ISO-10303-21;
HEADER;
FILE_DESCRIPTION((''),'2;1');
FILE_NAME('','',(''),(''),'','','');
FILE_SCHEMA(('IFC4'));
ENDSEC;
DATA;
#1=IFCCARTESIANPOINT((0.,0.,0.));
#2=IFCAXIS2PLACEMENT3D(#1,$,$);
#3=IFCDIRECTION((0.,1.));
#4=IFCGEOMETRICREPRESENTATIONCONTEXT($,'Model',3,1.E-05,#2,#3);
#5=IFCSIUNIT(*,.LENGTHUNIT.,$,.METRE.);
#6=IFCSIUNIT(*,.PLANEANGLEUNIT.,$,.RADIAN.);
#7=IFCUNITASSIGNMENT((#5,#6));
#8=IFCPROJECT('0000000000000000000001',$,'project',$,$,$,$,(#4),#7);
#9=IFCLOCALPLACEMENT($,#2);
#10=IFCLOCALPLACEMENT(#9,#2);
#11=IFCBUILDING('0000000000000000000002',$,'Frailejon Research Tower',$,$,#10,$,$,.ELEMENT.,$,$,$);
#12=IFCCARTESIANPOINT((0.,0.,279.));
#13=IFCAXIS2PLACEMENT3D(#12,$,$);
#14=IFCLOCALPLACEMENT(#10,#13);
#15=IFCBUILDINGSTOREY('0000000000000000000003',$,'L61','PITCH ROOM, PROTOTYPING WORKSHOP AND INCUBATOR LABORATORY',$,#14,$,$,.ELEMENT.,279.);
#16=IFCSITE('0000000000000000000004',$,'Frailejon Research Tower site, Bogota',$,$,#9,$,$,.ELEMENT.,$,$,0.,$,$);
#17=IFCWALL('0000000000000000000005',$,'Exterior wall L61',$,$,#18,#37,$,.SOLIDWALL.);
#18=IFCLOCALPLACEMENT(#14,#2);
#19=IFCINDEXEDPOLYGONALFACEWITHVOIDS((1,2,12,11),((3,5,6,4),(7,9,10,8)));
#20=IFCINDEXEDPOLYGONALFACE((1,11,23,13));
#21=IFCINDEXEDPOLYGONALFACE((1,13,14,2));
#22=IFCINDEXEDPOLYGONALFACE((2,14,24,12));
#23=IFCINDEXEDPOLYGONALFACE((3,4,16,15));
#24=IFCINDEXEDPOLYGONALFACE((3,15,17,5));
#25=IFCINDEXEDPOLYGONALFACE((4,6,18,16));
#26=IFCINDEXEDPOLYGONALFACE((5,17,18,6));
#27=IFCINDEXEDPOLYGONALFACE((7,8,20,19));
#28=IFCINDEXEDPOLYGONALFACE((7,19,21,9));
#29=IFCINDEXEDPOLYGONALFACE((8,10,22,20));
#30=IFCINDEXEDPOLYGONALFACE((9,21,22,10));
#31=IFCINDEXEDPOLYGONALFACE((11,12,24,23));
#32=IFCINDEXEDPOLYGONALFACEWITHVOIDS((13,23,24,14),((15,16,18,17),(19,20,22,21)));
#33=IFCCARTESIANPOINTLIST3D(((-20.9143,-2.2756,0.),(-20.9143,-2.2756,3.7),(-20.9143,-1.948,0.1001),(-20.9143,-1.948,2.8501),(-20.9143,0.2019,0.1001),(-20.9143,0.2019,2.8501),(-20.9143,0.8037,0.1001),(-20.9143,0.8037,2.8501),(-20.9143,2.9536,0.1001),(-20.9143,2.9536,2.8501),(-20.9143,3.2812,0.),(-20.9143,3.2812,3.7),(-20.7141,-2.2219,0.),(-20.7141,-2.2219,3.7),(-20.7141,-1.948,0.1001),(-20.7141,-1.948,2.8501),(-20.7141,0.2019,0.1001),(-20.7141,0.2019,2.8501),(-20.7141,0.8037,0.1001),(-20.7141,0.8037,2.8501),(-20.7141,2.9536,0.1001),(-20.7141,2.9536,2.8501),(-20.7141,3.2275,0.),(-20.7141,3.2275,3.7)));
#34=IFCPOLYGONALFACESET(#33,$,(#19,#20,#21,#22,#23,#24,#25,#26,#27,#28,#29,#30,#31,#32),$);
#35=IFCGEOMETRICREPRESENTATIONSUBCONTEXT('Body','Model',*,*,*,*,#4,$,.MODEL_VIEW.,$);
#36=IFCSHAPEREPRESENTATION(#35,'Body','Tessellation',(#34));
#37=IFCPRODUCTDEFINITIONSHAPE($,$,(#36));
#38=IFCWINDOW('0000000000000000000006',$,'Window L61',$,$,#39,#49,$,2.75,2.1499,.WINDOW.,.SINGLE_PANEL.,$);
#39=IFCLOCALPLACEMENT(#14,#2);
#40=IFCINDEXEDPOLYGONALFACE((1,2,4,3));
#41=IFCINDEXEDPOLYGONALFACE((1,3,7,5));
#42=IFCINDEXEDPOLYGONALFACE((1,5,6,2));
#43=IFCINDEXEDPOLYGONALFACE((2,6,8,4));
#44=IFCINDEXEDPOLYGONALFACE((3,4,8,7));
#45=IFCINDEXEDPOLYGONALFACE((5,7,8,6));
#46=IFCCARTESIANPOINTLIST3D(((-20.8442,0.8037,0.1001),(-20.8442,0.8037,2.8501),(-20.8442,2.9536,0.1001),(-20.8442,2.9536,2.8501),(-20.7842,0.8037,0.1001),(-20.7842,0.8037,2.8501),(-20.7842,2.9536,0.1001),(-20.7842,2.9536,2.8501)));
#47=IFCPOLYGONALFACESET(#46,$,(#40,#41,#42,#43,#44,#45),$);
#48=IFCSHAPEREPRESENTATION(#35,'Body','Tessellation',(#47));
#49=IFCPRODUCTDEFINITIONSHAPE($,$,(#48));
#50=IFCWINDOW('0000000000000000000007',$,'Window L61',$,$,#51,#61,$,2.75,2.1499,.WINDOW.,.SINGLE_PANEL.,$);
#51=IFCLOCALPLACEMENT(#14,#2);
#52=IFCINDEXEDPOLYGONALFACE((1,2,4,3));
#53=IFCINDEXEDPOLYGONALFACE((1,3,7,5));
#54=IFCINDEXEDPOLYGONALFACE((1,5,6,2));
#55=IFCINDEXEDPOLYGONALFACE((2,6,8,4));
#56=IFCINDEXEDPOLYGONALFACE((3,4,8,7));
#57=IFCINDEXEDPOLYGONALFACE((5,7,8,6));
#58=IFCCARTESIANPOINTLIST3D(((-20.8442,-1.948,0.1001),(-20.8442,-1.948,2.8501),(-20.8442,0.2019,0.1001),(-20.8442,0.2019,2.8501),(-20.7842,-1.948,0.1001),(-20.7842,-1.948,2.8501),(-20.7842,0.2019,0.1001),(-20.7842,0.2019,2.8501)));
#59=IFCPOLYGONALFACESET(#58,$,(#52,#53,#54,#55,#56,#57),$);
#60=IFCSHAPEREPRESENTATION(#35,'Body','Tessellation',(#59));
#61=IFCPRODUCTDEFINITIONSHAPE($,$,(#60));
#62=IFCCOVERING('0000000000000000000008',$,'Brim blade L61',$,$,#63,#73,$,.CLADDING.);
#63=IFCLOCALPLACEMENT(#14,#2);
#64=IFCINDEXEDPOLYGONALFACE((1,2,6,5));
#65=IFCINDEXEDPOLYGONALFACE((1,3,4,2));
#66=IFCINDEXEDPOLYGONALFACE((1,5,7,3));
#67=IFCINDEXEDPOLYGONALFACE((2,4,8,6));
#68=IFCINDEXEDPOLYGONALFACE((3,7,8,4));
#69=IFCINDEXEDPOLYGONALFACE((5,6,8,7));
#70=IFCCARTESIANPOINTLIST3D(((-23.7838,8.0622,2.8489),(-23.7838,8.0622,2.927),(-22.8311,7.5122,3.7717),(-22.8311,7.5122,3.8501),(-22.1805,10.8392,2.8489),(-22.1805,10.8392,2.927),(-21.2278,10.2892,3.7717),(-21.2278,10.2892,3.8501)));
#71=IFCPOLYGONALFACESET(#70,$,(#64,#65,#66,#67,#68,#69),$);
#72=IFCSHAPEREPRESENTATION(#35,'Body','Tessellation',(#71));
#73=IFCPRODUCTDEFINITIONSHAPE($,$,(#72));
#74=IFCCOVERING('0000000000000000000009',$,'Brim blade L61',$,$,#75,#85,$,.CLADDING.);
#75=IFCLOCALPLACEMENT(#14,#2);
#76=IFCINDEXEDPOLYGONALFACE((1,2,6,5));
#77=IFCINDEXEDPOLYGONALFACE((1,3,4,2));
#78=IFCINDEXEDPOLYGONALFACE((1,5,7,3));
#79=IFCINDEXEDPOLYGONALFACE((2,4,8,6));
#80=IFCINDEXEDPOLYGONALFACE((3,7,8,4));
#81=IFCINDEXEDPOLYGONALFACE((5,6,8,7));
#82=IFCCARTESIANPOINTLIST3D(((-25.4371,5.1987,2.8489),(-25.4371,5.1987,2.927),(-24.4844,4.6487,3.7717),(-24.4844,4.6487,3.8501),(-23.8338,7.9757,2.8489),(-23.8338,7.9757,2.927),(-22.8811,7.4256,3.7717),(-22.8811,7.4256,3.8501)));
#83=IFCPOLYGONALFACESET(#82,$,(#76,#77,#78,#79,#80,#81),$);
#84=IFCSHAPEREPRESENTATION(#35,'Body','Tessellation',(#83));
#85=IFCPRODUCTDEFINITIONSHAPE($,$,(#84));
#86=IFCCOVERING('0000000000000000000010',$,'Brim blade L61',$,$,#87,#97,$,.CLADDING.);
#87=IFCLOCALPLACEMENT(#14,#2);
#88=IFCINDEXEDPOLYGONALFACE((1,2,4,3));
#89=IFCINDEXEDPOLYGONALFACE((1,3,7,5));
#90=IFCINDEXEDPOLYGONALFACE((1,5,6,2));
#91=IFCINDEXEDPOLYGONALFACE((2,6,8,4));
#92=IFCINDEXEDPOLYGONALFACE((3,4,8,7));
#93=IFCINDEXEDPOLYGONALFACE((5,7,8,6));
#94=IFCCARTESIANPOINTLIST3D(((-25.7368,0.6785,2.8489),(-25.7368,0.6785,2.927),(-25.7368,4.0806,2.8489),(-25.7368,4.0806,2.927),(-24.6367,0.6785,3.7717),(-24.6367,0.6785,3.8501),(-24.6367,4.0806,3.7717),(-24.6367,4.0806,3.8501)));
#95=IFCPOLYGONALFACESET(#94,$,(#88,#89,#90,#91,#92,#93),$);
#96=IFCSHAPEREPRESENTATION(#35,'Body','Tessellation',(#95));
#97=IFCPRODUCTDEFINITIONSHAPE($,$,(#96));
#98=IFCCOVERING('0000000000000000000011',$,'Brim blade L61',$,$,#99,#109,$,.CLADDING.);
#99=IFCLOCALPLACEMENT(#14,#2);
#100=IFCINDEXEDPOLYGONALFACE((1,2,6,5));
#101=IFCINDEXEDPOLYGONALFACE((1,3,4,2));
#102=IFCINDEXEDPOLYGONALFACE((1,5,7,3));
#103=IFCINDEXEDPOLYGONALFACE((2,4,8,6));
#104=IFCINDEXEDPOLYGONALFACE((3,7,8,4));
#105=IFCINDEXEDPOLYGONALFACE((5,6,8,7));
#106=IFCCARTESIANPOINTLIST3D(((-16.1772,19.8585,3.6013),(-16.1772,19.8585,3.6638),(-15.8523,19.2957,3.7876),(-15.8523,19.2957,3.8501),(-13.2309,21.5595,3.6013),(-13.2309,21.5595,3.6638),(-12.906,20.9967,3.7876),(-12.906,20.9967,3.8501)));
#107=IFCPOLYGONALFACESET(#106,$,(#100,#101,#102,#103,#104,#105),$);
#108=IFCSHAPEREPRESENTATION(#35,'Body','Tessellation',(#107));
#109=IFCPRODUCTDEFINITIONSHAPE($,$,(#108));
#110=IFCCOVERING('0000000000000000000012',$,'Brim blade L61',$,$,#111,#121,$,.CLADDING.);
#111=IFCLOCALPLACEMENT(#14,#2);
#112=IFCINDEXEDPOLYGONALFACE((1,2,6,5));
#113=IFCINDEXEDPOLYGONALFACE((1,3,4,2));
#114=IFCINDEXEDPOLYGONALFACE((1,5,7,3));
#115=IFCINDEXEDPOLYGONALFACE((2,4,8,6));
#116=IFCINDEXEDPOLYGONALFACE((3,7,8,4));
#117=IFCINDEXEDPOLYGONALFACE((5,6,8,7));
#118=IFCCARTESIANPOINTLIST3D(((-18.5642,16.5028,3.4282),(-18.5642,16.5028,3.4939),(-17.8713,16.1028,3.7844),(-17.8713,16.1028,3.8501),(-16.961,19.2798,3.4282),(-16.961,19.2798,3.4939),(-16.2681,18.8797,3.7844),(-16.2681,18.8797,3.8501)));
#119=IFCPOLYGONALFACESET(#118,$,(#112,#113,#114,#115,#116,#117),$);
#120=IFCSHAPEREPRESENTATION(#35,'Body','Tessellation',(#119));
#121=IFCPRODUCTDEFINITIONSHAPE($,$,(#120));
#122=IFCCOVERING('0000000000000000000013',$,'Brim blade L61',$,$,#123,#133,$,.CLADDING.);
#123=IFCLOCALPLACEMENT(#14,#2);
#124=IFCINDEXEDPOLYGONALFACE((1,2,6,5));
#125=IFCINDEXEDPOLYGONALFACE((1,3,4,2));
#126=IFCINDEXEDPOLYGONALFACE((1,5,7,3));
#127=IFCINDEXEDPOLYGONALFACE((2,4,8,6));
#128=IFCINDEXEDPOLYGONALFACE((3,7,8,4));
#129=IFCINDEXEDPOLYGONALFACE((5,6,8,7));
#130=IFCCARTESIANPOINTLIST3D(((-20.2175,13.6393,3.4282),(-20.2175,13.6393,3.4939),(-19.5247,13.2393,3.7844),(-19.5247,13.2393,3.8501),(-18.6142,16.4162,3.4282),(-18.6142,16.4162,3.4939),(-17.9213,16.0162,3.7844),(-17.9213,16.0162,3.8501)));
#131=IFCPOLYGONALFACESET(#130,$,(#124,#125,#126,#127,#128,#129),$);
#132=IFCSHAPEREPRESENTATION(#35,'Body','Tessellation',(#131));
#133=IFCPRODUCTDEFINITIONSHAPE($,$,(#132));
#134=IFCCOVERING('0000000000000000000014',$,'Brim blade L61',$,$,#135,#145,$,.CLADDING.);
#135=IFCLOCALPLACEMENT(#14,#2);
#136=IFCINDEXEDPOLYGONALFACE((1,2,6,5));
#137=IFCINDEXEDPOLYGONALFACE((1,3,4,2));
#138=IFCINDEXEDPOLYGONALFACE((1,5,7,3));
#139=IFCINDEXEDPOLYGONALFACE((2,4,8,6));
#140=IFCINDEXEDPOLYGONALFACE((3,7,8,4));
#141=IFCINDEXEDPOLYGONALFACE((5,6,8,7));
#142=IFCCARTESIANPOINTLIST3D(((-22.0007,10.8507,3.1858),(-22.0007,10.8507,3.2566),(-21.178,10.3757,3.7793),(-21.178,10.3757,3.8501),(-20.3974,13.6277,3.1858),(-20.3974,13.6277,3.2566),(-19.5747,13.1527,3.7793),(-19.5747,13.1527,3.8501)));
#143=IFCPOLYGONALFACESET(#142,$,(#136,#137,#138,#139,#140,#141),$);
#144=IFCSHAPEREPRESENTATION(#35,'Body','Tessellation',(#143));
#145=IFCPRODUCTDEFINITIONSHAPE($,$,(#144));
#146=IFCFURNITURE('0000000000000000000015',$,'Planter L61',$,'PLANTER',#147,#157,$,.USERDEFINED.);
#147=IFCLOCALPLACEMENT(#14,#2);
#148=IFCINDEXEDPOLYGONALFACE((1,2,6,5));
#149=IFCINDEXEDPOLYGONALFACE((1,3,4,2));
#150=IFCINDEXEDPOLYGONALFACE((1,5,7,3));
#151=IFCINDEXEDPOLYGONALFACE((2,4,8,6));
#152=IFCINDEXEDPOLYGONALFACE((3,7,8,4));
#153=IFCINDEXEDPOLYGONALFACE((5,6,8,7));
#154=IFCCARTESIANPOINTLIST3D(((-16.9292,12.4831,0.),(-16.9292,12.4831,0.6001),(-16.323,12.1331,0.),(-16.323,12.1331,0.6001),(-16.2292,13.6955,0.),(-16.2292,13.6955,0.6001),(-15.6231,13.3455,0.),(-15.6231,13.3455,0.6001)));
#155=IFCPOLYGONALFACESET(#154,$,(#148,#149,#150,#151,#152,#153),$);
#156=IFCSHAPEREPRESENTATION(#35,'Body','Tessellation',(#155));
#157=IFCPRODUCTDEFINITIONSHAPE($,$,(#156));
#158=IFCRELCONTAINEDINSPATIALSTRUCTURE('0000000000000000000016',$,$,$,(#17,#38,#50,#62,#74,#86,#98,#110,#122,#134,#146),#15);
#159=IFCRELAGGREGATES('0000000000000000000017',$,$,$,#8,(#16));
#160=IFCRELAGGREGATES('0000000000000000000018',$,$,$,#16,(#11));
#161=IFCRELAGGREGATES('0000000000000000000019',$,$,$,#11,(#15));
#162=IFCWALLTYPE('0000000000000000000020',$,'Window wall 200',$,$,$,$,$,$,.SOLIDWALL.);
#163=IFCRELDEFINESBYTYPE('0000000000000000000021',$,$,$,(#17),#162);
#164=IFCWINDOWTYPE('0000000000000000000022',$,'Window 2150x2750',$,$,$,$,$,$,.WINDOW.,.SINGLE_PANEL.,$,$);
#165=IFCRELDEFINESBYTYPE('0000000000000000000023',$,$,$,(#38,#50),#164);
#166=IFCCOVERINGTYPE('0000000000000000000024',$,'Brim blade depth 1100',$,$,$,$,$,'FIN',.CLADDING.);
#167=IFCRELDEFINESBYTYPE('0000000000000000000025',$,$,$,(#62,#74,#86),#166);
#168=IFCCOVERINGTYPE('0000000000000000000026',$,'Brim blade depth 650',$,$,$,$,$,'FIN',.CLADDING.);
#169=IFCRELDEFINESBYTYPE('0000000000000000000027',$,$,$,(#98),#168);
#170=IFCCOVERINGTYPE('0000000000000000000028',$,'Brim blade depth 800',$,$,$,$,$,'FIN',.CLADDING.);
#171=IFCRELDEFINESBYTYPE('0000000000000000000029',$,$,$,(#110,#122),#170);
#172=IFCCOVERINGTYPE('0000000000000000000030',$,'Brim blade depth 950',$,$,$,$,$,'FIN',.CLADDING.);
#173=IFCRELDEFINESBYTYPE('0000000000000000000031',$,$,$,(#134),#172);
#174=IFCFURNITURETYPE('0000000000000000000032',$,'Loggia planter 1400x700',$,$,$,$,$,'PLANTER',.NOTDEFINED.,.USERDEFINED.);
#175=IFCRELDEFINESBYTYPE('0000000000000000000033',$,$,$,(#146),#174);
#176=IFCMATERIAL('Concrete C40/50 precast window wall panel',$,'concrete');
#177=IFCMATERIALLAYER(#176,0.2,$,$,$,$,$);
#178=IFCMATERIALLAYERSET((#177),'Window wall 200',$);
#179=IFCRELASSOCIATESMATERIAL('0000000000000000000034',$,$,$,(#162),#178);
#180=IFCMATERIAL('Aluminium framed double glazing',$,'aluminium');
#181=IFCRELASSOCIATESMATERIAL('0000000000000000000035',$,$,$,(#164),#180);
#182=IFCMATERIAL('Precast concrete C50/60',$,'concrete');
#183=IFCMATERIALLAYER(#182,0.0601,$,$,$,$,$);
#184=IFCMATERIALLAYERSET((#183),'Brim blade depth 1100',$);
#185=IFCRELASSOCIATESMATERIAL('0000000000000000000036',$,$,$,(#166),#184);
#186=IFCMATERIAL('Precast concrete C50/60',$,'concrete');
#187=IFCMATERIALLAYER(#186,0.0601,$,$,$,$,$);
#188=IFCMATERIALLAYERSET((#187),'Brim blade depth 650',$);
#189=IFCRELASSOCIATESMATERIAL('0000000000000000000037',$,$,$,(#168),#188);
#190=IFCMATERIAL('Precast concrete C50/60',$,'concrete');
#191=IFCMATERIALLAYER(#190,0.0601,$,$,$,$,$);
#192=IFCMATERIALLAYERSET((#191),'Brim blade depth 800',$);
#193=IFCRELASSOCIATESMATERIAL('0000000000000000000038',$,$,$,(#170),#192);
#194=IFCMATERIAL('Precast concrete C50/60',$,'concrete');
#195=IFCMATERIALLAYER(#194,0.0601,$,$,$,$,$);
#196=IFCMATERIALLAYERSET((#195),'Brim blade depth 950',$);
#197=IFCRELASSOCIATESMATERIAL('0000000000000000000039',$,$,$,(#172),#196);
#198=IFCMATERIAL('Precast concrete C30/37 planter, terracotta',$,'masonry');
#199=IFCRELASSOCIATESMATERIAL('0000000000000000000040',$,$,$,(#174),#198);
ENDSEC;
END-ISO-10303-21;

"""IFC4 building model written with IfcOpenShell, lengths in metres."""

from ifc_helpers import new_model, si_unit, direction, frame, frame_2d, origin, origin_2d, place, context, subcontext, project, spatial, polyline, rectangle, outline, extrude, material, layer, layer_set, type_object, element, fill, save


model = new_model("IFC4")

# Units and contexts
model_context = context("Model", 3, precision=1e-05, world=origin(), true_north=direction((0.0, 1.0)))
body_context = subcontext(model_context, "Body", "Model", "MODEL_VIEW")
ifc_project = project(units=[si_unit("LENGTHUNIT", "METRE"), si_unit("PLANEANGLEUNIT", "RADIAN")], contexts=[model_context])

# Site, building, storey
site_placement = place(None, origin())
site = spatial("IfcSite", under=ifc_project, at=site_placement, Name="Frailejon Research Tower site, Bogota", CompositionType="ELEMENT", RefElevation=0.0)
building_placement = place(site_placement, origin())
building = spatial("IfcBuilding", under=site, at=building_placement, Name="Frailejon Research Tower", CompositionType="ELEMENT")
storey_placement = place(building_placement, frame((0.0, 0.0, 279.0)))
storey = spatial("IfcBuildingStorey", under=building, at=storey_placement, Name="L61", Description="PITCH ROOM, PROTOTYPING WORKSHOP AND INCUBATOR LABORATORY", CompositionType="ELEMENT", Elevation=279.0)

# Wall, openings, windows
ifc_material_1 = material(Name="Concrete C40/50 precast window wall panel", Category="concrete")
ifc_layer_1 = layer(ifc_material_1, 0.2)
ifc_layer_set_1 = layer_set([ifc_layer_1], Name="Window wall 200")
wall_type_1 = type_object("IfcWallType", Name="Window wall 200", PredefinedType="SOLIDWALL", material=ifc_layer_set_1)
wall_1_placement = place(storey_placement, frame((-20.8142, 3.2544, 0.0), z_axis=(0.0, 0.0, 1.0), x_axis=(0.0, -1.0, 0.0)))
wall_1 = element("IfcWall", 1, at=wall_1_placement, inside=storey, type_object=wall_type_1, Name="Exterior wall L61", PredefinedType="SOLIDWALL", context=body_context, shape_type="SweptSolid", body=[
    extrude(outline(polyline([(-0.0269, -0.1001), (1.0845, -0.1001), (2.1958, -0.1001), (3.3074, -0.1001), (4.4187, -0.1001), (5.53, -0.1001), (5.4763, 0.1001), (4.3865, 0.1001), (3.2966, 0.1001), (2.2065, 0.1001), (1.1167, 0.1001), (0.0269, 0.1001), (-0.0269, -0.1001)])), origin(), (0.0, 0.0, 1.0), 3.7),
])
opening_1_placement = place(wall_1_placement, frame((0.3008, 0.0, 0.1001)))
opening_1 = element("IfcOpeningElement", 2, at=opening_1_placement, cuts=wall_1, PredefinedType="OPENING", context=body_context, shape_type="SweptSolid", body=[
    extrude(rectangle(XDim=2.1499, YDim=2.75, at=frame_2d((1.075, 1.375))), frame((0.0, 0.1099, 0.0), z_axis=(0.0, -1.0, 0.0), x_axis=(1.0, 0.0, 0.0)), (0.0, 0.0, 1.0), 0.22),
])
opening_2_placement = place(wall_1_placement, frame((3.0525, 0.0, 0.1001)))
opening_2 = element("IfcOpeningElement", 3, at=opening_2_placement, cuts=wall_1, PredefinedType="OPENING", context=body_context, shape_type="SweptSolid", body=[
    extrude(rectangle(XDim=2.1499, YDim=2.75, at=frame_2d((1.075, 1.375))), frame((0.0, 0.1099, 0.0), z_axis=(0.0, -1.0, 0.0), x_axis=(1.0, 0.0, 0.0)), (0.0, 0.0, 1.0), 0.22),
])
ifc_material_2 = material(Name="Aluminium framed double glazing", Category="aluminium")
window_type = type_object("IfcWindowType", Name="Window 2150x2750", PartitioningType="SINGLE_PANEL", PredefinedType="WINDOW", material=ifc_material_2)
window_1_placement = place(opening_1_placement, origin())
window_1 = element("IfcWindow", 4, at=window_1_placement, inside=storey, type_object=window_type, Name="Window L61", OverallHeight=2.75, OverallWidth=2.1499, PartitioningType="SINGLE_PANEL", PredefinedType="WINDOW", context=body_context, shape_type="SweptSolid", body=[
    extrude(rectangle(XDim=2.1499, YDim=2.75, at=frame_2d((1.075, 1.375))), frame((0.0, 0.03, 0.0), z_axis=(0.0, -1.0, 0.0), x_axis=(1.0, 0.0, 0.0)), (0.0, 0.0, 1.0), 0.0601),
])
fill(opening_1, window_1)
window_2_placement = place(opening_2_placement, origin())
window_2 = element("IfcWindow", 5, at=window_2_placement, inside=storey, type_object=window_type, Name="Window L61", OverallHeight=2.75, OverallWidth=2.1499, PartitioningType="SINGLE_PANEL", PredefinedType="WINDOW", context=body_context, shape_type="SweptSolid", body=[
    extrude(rectangle(XDim=2.1499, YDim=2.75, at=frame_2d((1.075, 1.375))), frame((0.0, 0.03, 0.0), z_axis=(0.0, -1.0, 0.0), x_axis=(1.0, 0.0, 0.0)), (0.0, 0.0, 1.0), 0.0601),
])
fill(opening_2, window_2)

# Coverings
ifc_material_3 = material(Name="Precast concrete C50/60", Category="concrete")
ifc_layer_2 = layer(ifc_material_3, 0.0601)
ifc_layer_set_2 = layer_set([ifc_layer_2], Name="Brim blade depth 1100")
covering_type_1 = type_object("IfcCoveringType", Name="Brim blade depth 1100", ElementType="FIN", PredefinedType="CLADDING", material=ifc_layer_set_2)
for number, where, z_axis, x_axis, name in (
    (6, (-22.8311, 7.5122, 3.8501), (0.49999, 0.866031, 0.0), (-0.866031, 0.49999, 0.0), "Brim blade L61"),
    (7, (-24.4844, 4.6487, 3.8501), (0.500013, 0.866018, 0.0), (-0.866018, 0.500013, 0.0), "Brim blade L61"),
):
    element("IfcCovering", number, at=place(storey_placement, frame(where, z_axis=z_axis, x_axis=x_axis)), inside=storey, type_object=covering_type_1, Name=name, PredefinedType="CLADDING", context=body_context, shape_type="SweptSolid", body=[
        extrude(outline(polyline([(0.0, -0.0784), (1.1001, -1.0012), (1.1001, -0.9231), (0.0, 0.0), (0.0, -0.0784)])), origin(), (0.0, 0.0, 1.0), 3.2065),
    ])
covering_1_placement = place(storey_placement, frame((-24.6367, 0.6785, 3.8501), z_axis=(0.0, 1.0, 0.0), x_axis=(-1.0, 0.0, 0.0)))
element("IfcCovering", 8, at=covering_1_placement, inside=storey, type_object=covering_type_1, Name="Brim blade L61", PredefinedType="CLADDING", context=body_context, shape_type="SweptSolid", body=[
    extrude(outline(polyline([(0.0, -0.0784), (1.1001, -1.0012), (1.1001, -0.9231), (0.0, 0.0), (0.0, -0.0784)])), origin(), (0.0, 0.0, 1.0), 3.4021),
])
ifc_material_4 = material(Name="Precast concrete C50/60", Category="concrete")
ifc_layer_3 = layer(ifc_material_4, 0.0601)
ifc_layer_set_3 = layer_set([ifc_layer_3], Name="Brim blade depth 650")
covering_type_2 = type_object("IfcCoveringType", Name="Brim blade depth 650", ElementType="FIN", PredefinedType="CLADDING", material=ifc_layer_set_3)
covering_2_placement = place(storey_placement, frame((-15.8523, 19.2957, 3.8501), z_axis=(0.866024, 0.500003, 0.0), x_axis=(-0.500003, 0.866024, 0.0)))
element("IfcCovering", 9, at=covering_2_placement, inside=storey, type_object=covering_type_2, Name="Brim blade L61", PredefinedType="CLADDING", context=body_context, shape_type="SweptSolid", body=[
    extrude(outline(polyline([(0.0, -0.0625), (0.6499, -0.2488), (0.6499, -0.1863), (0.0, 0.0), (0.0, -0.0625)])), origin(), (0.0, 0.0, 1.0), 3.4021),
])
ifc_material_5 = material(Name="Precast concrete C50/60", Category="concrete")
ifc_layer_4 = layer(ifc_material_5, 0.0601)
ifc_layer_set_4 = layer_set([ifc_layer_4], Name="Brim blade depth 800")
covering_type_3 = type_object("IfcCoveringType", Name="Brim blade depth 800", ElementType="FIN", PredefinedType="CLADDING", material=ifc_layer_set_4)
for number, where, z_axis, x_axis, name in (
    (10, (-17.8713, 16.1028, 3.8501), (0.49999, 0.866031, 0.0), (-0.866031, 0.49999, 0.0), "Brim blade L61"),
    (11, (-19.5247, 13.2393, 3.8501), (0.500013, 0.866018, 0.0), (-0.866018, 0.500013, 0.0), "Brim blade L61"),
):
    element("IfcCovering", number, at=place(storey_placement, frame(where, z_axis=z_axis, x_axis=x_axis)), inside=storey, type_object=covering_type_3, Name=name, PredefinedType="CLADDING", context=body_context, shape_type="SweptSolid", body=[
        extrude(outline(polyline([(0.0, -0.0657), (0.8, -0.4219), (0.8, -0.3562), (0.0, 0.0), (0.0, -0.0657)])), origin(), (0.0, 0.0, 1.0), 3.2065),
    ])
ifc_material_6 = material(Name="Precast concrete C50/60", Category="concrete")
ifc_layer_5 = layer(ifc_material_6, 0.0601)
ifc_layer_set_5 = layer_set([ifc_layer_5], Name="Brim blade depth 950")
covering_type_4 = type_object("IfcCoveringType", Name="Brim blade depth 950", ElementType="FIN", PredefinedType="CLADDING", material=ifc_layer_set_5)
covering_3_placement = place(storey_placement, frame((-21.178, 10.3757, 3.8501), z_axis=(0.49999, 0.866031, 0.0), x_axis=(-0.866031, 0.49999, 0.0)))
element("IfcCovering", 12, at=covering_3_placement, inside=storey, type_object=covering_type_4, Name="Brim blade L61", PredefinedType="CLADDING", context=body_context, shape_type="SweptSolid", body=[
    extrude(outline(polyline([(0.0, -0.0708), (0.95, -0.6643), (0.95, -0.5935), (0.0, 0.0), (0.0, -0.0708)])), origin(), (0.0, 0.0, 1.0), 3.2065),
])

# Furniture
ifc_material_7 = material(Name="Precast concrete C30/37 planter, terracotta", Category="masonry")
furniture_type = type_object("IfcFurnitureType", Name="Loggia planter 1400x700", ElementType="PLANTER", AssemblyPlace="NOTDEFINED", PredefinedType="USERDEFINED", material=ifc_material_7)
furniture_placement = place(storey_placement, frame((-16.2761, 12.9143, 0.0), z_axis=(0.0, 0.0, 1.0), x_axis=(-0.5, -0.866025, 0.0)))
element("IfcFurniture", 13, at=furniture_placement, inside=storey, type_object=furniture_type, Name="Planter L61", ObjectType="PLANTER", PredefinedType="USERDEFINED", context=body_context, shape_type="SweptSolid", body=[
    extrude(rectangle(XDim=1.3999, YDim=0.7, at=origin_2d()), origin(), (0.0, 0.0, 1.0), 0.6001),
])

save(model, "model.ifc")
